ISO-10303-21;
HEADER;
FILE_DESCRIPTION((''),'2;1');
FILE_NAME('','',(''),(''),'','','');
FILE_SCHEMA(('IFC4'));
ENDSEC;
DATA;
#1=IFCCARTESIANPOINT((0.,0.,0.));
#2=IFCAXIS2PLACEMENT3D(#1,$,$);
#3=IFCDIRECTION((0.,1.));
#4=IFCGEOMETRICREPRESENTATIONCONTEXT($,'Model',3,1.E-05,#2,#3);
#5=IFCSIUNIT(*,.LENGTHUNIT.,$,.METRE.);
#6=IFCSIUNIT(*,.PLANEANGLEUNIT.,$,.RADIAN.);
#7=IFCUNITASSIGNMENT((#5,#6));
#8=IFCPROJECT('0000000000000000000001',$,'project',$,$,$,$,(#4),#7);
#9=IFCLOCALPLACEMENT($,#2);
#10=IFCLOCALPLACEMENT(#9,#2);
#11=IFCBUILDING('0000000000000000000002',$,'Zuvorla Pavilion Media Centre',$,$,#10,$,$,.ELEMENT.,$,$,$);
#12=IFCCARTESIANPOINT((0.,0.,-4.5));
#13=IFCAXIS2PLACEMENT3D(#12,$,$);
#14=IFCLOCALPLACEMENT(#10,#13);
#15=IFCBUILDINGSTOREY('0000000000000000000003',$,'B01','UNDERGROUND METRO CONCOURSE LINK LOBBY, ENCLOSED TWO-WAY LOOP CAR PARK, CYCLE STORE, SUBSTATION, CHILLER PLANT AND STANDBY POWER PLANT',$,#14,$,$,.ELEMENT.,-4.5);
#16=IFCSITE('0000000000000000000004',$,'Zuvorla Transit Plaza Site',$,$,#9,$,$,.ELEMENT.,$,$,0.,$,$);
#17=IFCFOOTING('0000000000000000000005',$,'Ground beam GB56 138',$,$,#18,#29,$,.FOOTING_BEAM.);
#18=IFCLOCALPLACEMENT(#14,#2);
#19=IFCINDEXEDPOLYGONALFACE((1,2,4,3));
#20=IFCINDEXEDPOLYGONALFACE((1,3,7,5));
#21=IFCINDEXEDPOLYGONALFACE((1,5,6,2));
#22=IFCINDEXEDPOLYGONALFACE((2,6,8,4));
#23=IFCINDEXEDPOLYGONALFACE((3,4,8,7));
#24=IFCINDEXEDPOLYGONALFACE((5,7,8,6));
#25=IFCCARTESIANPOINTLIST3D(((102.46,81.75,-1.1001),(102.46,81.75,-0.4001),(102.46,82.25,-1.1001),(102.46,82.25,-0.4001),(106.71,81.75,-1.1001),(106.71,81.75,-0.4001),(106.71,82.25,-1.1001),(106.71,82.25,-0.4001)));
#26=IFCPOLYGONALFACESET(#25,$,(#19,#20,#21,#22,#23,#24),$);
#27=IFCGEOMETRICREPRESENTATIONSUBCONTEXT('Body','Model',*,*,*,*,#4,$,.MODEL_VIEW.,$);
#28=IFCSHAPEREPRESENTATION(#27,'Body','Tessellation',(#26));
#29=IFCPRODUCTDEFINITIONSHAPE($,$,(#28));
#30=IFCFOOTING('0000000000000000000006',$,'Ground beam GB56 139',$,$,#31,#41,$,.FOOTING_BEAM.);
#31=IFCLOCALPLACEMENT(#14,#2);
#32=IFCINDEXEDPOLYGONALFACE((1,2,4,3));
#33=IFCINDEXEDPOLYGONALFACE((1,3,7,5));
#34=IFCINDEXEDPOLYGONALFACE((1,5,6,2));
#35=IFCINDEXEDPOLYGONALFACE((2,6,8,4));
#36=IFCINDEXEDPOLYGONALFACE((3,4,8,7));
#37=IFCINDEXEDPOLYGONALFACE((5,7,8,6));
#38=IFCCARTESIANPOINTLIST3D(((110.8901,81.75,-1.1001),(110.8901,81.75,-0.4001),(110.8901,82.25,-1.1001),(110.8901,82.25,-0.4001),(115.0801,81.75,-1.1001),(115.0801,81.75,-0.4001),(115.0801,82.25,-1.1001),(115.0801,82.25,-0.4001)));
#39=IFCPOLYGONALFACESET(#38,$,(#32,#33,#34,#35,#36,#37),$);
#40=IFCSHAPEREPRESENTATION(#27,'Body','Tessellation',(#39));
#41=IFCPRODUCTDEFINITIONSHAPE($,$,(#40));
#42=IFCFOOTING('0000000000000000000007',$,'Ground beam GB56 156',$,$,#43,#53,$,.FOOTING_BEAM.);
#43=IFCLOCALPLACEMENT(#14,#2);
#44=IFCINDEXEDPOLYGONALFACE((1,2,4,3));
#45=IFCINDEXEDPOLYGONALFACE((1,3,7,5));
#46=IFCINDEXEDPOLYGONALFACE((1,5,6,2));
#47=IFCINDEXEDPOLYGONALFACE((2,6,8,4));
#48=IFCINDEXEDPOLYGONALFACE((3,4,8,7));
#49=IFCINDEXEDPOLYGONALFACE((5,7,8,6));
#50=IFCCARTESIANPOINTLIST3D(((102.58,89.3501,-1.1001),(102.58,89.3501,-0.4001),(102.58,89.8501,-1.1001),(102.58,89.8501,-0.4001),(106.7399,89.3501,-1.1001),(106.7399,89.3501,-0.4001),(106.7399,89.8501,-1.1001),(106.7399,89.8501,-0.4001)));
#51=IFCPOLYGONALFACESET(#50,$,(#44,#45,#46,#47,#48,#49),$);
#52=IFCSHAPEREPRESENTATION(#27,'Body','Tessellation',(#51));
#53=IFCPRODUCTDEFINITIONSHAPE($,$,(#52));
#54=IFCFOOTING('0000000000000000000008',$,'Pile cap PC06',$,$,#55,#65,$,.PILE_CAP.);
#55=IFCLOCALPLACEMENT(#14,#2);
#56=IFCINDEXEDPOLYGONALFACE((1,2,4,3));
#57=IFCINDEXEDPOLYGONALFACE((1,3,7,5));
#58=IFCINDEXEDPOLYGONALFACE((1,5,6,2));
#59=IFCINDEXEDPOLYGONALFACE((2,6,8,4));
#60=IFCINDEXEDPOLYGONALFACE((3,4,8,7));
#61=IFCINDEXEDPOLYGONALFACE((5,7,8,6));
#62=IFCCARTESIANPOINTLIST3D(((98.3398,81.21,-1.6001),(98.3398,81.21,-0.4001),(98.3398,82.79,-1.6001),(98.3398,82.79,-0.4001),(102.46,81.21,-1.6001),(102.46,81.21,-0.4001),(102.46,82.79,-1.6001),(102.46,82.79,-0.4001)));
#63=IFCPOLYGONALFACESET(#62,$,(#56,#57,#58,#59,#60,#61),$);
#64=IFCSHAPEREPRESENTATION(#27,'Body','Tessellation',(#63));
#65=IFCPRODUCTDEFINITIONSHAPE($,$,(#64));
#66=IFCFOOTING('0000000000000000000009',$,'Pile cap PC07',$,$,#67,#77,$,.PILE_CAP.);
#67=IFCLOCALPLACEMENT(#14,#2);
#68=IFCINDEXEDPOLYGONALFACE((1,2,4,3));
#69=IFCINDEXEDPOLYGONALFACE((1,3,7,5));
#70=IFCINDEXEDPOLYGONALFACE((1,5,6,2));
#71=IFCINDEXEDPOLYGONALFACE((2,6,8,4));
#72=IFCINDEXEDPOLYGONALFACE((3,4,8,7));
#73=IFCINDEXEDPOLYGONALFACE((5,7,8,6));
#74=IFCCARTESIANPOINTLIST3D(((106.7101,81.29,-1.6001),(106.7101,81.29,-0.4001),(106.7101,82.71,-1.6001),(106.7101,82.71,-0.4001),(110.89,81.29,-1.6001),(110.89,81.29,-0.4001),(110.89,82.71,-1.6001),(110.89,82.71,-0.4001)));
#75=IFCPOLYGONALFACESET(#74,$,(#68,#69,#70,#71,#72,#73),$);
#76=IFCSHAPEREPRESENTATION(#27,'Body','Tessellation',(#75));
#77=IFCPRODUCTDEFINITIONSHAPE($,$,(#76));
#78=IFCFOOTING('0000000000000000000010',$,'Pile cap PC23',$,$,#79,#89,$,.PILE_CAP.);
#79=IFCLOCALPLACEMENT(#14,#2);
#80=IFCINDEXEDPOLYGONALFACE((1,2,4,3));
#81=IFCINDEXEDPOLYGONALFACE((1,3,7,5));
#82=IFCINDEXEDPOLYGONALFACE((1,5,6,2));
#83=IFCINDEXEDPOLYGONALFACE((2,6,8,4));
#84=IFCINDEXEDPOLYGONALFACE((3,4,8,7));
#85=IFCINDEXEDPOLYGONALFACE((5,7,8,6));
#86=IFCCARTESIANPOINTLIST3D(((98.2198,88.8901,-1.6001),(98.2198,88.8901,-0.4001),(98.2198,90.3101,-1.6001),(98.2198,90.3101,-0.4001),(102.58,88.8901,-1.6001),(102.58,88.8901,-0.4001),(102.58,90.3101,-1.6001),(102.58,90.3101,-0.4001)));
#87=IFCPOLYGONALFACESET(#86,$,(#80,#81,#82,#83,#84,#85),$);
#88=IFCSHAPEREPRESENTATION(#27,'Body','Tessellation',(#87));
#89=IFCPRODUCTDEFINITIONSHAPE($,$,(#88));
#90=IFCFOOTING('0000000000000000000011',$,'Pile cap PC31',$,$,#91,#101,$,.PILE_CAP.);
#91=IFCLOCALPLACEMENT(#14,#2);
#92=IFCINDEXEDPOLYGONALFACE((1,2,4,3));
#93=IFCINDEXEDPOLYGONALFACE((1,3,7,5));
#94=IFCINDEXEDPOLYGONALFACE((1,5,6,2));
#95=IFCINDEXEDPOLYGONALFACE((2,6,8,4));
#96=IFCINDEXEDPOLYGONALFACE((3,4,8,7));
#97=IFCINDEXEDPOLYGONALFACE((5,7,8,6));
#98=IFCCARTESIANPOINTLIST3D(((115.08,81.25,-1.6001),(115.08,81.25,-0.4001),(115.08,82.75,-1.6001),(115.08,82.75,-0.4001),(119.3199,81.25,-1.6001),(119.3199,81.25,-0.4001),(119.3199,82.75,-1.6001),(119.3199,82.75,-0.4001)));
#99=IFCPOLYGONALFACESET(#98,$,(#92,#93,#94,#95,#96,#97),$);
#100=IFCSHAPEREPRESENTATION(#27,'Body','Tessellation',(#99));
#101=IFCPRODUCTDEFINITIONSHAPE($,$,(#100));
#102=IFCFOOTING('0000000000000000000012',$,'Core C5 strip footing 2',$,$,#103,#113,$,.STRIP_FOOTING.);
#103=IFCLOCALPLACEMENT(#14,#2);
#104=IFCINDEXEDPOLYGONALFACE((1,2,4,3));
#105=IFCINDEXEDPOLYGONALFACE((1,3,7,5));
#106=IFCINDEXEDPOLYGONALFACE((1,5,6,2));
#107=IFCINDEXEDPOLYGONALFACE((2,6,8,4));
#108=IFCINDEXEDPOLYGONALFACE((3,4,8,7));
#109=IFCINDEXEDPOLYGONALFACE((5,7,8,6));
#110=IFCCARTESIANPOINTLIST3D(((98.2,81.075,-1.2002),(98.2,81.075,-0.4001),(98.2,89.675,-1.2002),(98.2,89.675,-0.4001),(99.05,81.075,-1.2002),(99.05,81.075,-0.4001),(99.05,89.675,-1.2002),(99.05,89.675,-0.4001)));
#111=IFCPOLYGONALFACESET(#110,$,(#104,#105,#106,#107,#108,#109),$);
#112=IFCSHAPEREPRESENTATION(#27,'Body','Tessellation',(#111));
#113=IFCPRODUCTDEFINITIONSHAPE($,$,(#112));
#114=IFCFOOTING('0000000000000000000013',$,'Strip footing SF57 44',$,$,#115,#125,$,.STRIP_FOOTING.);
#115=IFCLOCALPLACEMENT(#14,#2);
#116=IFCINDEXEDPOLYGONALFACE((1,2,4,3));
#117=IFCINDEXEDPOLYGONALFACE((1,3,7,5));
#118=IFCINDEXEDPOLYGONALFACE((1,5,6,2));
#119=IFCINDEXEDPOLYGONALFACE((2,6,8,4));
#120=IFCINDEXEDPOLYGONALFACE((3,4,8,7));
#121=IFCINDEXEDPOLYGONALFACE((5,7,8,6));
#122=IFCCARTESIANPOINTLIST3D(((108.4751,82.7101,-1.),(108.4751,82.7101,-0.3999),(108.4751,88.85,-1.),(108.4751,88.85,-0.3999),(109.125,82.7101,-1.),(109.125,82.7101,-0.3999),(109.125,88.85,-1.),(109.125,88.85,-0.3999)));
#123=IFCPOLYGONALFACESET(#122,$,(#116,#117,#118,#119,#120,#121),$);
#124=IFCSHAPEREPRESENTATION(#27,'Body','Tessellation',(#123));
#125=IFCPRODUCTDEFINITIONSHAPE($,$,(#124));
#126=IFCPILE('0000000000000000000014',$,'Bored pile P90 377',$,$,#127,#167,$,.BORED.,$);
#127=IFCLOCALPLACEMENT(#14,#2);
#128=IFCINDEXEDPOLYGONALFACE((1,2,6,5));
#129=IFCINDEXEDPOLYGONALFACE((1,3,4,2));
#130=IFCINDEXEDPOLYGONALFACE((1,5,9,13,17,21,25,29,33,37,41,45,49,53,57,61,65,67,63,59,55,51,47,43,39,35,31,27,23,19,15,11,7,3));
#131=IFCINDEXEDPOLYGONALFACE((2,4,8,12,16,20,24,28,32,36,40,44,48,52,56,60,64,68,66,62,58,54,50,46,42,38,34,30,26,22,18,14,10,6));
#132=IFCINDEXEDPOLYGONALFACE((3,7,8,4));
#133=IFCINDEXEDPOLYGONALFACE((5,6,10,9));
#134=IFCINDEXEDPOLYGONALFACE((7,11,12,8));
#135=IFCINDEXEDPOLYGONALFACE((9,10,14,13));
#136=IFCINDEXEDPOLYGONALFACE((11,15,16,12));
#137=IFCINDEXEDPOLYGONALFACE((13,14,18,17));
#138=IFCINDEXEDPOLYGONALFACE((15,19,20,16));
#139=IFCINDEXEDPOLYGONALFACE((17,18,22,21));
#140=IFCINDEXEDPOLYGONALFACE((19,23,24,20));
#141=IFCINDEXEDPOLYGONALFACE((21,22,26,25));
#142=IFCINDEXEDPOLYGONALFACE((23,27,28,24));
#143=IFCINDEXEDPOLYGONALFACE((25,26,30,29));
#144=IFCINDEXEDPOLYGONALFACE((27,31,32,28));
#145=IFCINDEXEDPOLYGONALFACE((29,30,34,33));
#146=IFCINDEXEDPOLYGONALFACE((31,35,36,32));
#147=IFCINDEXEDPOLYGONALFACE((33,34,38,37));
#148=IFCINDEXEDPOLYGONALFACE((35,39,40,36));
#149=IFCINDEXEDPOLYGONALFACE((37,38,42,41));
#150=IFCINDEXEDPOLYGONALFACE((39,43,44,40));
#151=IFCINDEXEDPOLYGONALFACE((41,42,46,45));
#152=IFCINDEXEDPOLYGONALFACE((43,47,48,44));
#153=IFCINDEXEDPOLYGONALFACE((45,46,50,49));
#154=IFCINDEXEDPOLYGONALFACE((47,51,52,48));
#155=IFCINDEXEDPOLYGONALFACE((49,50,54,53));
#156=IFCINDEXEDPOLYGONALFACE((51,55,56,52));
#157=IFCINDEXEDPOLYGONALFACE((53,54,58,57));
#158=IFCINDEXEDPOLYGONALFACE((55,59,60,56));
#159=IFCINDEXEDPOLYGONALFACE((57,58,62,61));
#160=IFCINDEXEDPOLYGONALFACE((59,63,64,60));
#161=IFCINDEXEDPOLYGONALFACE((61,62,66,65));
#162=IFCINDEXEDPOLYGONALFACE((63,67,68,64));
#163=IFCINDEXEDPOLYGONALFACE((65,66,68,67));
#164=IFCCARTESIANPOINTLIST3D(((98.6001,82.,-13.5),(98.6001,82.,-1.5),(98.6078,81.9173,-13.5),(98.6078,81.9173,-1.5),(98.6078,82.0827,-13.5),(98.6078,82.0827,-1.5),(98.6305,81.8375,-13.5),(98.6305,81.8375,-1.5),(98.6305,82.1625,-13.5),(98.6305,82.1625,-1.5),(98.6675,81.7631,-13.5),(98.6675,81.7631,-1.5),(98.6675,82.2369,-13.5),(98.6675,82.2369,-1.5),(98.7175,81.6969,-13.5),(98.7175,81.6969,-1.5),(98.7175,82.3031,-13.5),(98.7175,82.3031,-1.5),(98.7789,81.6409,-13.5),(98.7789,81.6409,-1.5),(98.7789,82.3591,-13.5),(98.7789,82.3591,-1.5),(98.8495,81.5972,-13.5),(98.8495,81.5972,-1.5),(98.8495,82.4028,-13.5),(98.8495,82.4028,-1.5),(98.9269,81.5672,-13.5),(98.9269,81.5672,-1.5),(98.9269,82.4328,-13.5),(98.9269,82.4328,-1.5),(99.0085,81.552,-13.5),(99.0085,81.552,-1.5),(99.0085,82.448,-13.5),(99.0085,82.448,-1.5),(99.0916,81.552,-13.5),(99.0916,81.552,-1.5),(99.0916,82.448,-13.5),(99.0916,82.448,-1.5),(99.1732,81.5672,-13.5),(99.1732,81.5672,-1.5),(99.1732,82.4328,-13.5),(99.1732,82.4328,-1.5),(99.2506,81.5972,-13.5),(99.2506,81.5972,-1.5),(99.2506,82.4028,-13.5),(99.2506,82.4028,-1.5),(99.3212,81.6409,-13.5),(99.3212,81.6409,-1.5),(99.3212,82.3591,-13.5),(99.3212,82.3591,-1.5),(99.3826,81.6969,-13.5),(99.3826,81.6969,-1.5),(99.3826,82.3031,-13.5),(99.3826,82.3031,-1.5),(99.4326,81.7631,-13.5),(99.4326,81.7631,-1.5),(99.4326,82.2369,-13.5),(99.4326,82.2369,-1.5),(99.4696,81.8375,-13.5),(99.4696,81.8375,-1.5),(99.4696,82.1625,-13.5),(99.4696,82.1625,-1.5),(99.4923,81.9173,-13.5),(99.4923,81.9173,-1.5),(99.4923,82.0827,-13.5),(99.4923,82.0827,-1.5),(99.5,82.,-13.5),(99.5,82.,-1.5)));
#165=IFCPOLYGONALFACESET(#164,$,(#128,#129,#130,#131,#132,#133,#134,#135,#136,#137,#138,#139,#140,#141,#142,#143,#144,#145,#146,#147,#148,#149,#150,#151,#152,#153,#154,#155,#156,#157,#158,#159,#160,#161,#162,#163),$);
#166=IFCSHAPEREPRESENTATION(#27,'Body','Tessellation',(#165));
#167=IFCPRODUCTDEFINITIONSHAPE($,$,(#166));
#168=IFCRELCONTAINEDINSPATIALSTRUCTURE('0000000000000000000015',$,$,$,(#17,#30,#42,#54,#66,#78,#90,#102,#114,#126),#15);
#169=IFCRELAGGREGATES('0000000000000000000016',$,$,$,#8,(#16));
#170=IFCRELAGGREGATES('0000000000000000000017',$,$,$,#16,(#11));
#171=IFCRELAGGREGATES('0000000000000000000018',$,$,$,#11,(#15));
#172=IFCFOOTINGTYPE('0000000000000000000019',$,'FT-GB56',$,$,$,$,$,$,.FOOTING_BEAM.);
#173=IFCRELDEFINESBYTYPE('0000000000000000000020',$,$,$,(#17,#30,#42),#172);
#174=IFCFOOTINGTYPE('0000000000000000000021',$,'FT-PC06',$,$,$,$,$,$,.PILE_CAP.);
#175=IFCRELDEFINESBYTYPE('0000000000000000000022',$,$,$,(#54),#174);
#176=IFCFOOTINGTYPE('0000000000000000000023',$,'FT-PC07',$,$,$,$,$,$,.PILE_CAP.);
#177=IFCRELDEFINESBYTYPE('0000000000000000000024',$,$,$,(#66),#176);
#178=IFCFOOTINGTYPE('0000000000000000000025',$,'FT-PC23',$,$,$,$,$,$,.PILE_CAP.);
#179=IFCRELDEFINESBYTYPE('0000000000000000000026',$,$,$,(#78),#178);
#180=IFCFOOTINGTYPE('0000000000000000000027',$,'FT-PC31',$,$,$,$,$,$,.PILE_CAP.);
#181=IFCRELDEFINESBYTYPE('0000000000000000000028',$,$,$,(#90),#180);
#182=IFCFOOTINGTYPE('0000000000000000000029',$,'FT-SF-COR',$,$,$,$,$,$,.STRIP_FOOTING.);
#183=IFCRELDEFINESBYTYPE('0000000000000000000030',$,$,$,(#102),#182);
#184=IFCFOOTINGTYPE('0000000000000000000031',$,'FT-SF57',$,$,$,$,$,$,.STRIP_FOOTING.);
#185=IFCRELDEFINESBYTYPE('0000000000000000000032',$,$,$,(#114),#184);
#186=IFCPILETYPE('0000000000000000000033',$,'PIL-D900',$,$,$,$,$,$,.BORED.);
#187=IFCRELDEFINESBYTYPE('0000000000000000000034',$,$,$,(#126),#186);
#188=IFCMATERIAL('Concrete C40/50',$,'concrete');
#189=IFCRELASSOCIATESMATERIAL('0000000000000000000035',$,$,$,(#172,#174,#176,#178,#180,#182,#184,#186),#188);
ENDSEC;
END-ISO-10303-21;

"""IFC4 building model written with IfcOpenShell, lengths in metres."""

from ifc_helpers import new_model, si_unit, direction, frame, origin, origin_2d, place, context, subcontext, project, spatial, rectangle, circle, extrude, material, material_profile, profile_set, type_object, element, save


model = new_model("IFC4")

# Units and contexts
model_context = context("Model", 3, precision=1e-05, world=origin(), true_north=direction((0.0, 1.0)))
body_context = subcontext(model_context, "Body", "Model", "MODEL_VIEW")
ifc_project = project(units=[si_unit("LENGTHUNIT", "METRE"), si_unit("PLANEANGLEUNIT", "RADIAN")], contexts=[model_context])

# Site, building, storey
site_placement = place(None, origin())
site = spatial("IfcSite", under=ifc_project, at=site_placement, Name="Zuvorla Transit Plaza Site", CompositionType="ELEMENT", RefElevation=0.0)
building_placement = place(site_placement, origin())
building = spatial("IfcBuilding", under=site, at=building_placement, Name="Zuvorla Pavilion Media Centre", CompositionType="ELEMENT")
storey_placement = place(building_placement, frame((0.0, 0.0, -4.5)))
storey = spatial("IfcBuildingStorey", under=building, at=storey_placement, Name="B01", Description="UNDERGROUND METRO CONCOURSE LINK LOBBY, ENCLOSED TWO-WAY LOOP CAR PARK, CYCLE STORE, SUBSTATION, CHILLER PLANT AND STANDBY POWER PLANT", CompositionType="ELEMENT", Elevation=-4.5)

# Footings
ifc_material = material(Name="Concrete C40/50", Category="concrete")
footing_type_1 = type_object("IfcFootingType", Name="FT-GB56", PredefinedType="FOOTING_BEAM", material=ifc_material)
footing_1_placement = place(storey_placement, frame((104.585, 82.0, -1.1001), z_axis=(0.0, 0.0, 1.0), x_axis=(1.0, 0.0, 0.0)))
element("IfcFooting", 1, at=footing_1_placement, inside=storey, type_object=footing_type_1, Name="Ground beam GB56 138", PredefinedType="FOOTING_BEAM", context=body_context, shape_type="SweptSolid", body=[
    extrude(rectangle(XDim=4.25, YDim=0.5, at=origin_2d()), origin(), (0.0, 0.0, 1.0), 0.7),
])
footing_2_placement = place(storey_placement, frame((112.9851, 82.0, -1.1001), z_axis=(0.0, 0.0, 1.0), x_axis=(1.0, 0.0, 0.0)))
element("IfcFooting", 2, at=footing_2_placement, inside=storey, type_object=footing_type_1, Name="Ground beam GB56 139", PredefinedType="FOOTING_BEAM", context=body_context, shape_type="SweptSolid", body=[
    extrude(rectangle(XDim=4.1899, YDim=0.5, at=origin_2d()), origin(), (0.0, 0.0, 1.0), 0.7),
])
footing_3_placement = place(storey_placement, frame((104.6599, 89.6001, -1.1001), z_axis=(0.0, 0.0, 1.0), x_axis=(1.0, 0.0, 0.0)))
element("IfcFooting", 3, at=footing_3_placement, inside=storey, type_object=footing_type_1, Name="Ground beam GB56 156", PredefinedType="FOOTING_BEAM", context=body_context, shape_type="SweptSolid", body=[
    extrude(rectangle(XDim=4.1599, YDim=0.5, at=origin_2d()), origin(), (0.0, 0.0, 1.0), 0.7),
])
footing_type_2 = type_object("IfcFootingType", Name="FT-PC06", PredefinedType="PILE_CAP", material=ifc_material)
footing_4_placement = place(storey_placement, frame((100.3999, 82.0, -1.6001), z_axis=(0.0, 0.0, 1.0), x_axis=(1.0, 0.0, 0.0)))
element("IfcFooting", 4, at=footing_4_placement, inside=storey, type_object=footing_type_2, Name="Pile cap PC06", PredefinedType="PILE_CAP", context=body_context, shape_type="SweptSolid", body=[
    extrude(rectangle(XDim=4.1201, YDim=1.5801, at=origin_2d()), origin(), (0.0, 0.0, 1.0), 1.2),
])
footing_type_3 = type_object("IfcFootingType", Name="FT-PC07", PredefinedType="PILE_CAP", material=ifc_material)
footing_5_placement = place(storey_placement, frame((108.8, 82.0, -1.6001), z_axis=(0.0, 0.0, 1.0), x_axis=(1.0, 0.0, 0.0)))
element("IfcFooting", 5, at=footing_5_placement, inside=storey, type_object=footing_type_3, Name="Pile cap PC07", PredefinedType="PILE_CAP", context=body_context, shape_type="SweptSolid", body=[
    extrude(rectangle(XDim=4.1799, YDim=1.4199, at=origin_2d()), origin(), (0.0, 0.0, 1.0), 1.2),
])
footing_type_4 = type_object("IfcFootingType", Name="FT-PC23", PredefinedType="PILE_CAP", material=ifc_material)
footing_6_placement = place(storey_placement, frame((100.3999, 89.6001, -1.6001), z_axis=(0.0, 0.0, 1.0), x_axis=(1.0, 0.0, 0.0)))
element("IfcFooting", 6, at=footing_6_placement, inside=storey, type_object=footing_type_4, Name="Pile cap PC23", PredefinedType="PILE_CAP", context=body_context, shape_type="SweptSolid", body=[
    extrude(rectangle(XDim=4.3601, YDim=1.4199, at=origin_2d()), origin(), (0.0, 0.0, 1.0), 1.2),
])
footing_type_5 = type_object("IfcFootingType", Name="FT-PC31", PredefinedType="PILE_CAP", material=ifc_material)
footing_7_placement = place(storey_placement, frame((117.2, 82.0, -1.6001), z_axis=(0.0, 0.0, 1.0), x_axis=(1.0, 0.0, 0.0)))
element("IfcFooting", 7, at=footing_7_placement, inside=storey, type_object=footing_type_5, Name="Pile cap PC31", PredefinedType="PILE_CAP", context=body_context, shape_type="SweptSolid", body=[
    extrude(rectangle(XDim=4.24, YDim=1.5, at=origin_2d()), origin(), (0.0, 0.0, 1.0), 1.2),
])
footing_type_6 = type_object("IfcFootingType", Name="FT-SF-COR", PredefinedType="STRIP_FOOTING", material=ifc_material)
footing_8_placement = place(storey_placement, frame((98.625, 85.375, -1.2002), z_axis=(0.0, 0.0, 1.0), x_axis=(0.0, 1.0, 0.0)))
element("IfcFooting", 8, at=footing_8_placement, inside=storey, type_object=footing_type_6, Name="Core C5 strip footing 2", PredefinedType="STRIP_FOOTING", context=body_context, shape_type="SweptSolid", body=[
    extrude(rectangle(XDim=8.6001, YDim=0.8501, at=origin_2d()), origin(), (0.0, 0.0, 1.0), 0.8),
])
footing_type_7 = type_object("IfcFootingType", Name="FT-SF57", PredefinedType="STRIP_FOOTING", material=ifc_material)
footing_9_placement = place(storey_placement, frame((108.8, 85.78, -1.0), z_axis=(0.0, 0.0, 1.0), x_axis=(0.0, 1.0, 0.0)))
element("IfcFooting", 9, at=footing_9_placement, inside=storey, type_object=footing_type_7, Name="Strip footing SF57 44", PredefinedType="STRIP_FOOTING", context=body_context, shape_type="SweptSolid", body=[
    extrude(rectangle(XDim=6.1399, YDim=0.6499, at=origin_2d()), origin(), (0.0, 0.0, 1.0), 0.6001),
])

# Pile
ifc_material_profile_1 = material_profile(ifc_material, circle(Radius=0.45, at=origin_2d()), Name="BORED PILE 900")
ifc_profile_set_1 = profile_set([ifc_material_profile_1], Name="Concrete C40/50")
pile_type = type_object("IfcPileType", Name="PIL-D900", PredefinedType="BORED", material=ifc_profile_set_1)
for number, where, z_axis, x_axis, name in (
    (10, (99.05, 82.0, -1.5), (0.0, 0.0, -1.0), (1.0, 0.0, 0.0), "Bored pile P90 377"),
):
    element("IfcPile", number, at=place(storey_placement, frame(where, z_axis=z_axis, x_axis=x_axis)), inside=storey, type_object=pile_type, Name=name, PredefinedType="BORED", context=body_context, shape_type="SweptSolid", body=[
        extrude(circle(Radius=0.45, at=origin_2d()), origin(), (0.0, 0.0, 1.0), 12.0),
    ])

save(model, "model.ifc")
